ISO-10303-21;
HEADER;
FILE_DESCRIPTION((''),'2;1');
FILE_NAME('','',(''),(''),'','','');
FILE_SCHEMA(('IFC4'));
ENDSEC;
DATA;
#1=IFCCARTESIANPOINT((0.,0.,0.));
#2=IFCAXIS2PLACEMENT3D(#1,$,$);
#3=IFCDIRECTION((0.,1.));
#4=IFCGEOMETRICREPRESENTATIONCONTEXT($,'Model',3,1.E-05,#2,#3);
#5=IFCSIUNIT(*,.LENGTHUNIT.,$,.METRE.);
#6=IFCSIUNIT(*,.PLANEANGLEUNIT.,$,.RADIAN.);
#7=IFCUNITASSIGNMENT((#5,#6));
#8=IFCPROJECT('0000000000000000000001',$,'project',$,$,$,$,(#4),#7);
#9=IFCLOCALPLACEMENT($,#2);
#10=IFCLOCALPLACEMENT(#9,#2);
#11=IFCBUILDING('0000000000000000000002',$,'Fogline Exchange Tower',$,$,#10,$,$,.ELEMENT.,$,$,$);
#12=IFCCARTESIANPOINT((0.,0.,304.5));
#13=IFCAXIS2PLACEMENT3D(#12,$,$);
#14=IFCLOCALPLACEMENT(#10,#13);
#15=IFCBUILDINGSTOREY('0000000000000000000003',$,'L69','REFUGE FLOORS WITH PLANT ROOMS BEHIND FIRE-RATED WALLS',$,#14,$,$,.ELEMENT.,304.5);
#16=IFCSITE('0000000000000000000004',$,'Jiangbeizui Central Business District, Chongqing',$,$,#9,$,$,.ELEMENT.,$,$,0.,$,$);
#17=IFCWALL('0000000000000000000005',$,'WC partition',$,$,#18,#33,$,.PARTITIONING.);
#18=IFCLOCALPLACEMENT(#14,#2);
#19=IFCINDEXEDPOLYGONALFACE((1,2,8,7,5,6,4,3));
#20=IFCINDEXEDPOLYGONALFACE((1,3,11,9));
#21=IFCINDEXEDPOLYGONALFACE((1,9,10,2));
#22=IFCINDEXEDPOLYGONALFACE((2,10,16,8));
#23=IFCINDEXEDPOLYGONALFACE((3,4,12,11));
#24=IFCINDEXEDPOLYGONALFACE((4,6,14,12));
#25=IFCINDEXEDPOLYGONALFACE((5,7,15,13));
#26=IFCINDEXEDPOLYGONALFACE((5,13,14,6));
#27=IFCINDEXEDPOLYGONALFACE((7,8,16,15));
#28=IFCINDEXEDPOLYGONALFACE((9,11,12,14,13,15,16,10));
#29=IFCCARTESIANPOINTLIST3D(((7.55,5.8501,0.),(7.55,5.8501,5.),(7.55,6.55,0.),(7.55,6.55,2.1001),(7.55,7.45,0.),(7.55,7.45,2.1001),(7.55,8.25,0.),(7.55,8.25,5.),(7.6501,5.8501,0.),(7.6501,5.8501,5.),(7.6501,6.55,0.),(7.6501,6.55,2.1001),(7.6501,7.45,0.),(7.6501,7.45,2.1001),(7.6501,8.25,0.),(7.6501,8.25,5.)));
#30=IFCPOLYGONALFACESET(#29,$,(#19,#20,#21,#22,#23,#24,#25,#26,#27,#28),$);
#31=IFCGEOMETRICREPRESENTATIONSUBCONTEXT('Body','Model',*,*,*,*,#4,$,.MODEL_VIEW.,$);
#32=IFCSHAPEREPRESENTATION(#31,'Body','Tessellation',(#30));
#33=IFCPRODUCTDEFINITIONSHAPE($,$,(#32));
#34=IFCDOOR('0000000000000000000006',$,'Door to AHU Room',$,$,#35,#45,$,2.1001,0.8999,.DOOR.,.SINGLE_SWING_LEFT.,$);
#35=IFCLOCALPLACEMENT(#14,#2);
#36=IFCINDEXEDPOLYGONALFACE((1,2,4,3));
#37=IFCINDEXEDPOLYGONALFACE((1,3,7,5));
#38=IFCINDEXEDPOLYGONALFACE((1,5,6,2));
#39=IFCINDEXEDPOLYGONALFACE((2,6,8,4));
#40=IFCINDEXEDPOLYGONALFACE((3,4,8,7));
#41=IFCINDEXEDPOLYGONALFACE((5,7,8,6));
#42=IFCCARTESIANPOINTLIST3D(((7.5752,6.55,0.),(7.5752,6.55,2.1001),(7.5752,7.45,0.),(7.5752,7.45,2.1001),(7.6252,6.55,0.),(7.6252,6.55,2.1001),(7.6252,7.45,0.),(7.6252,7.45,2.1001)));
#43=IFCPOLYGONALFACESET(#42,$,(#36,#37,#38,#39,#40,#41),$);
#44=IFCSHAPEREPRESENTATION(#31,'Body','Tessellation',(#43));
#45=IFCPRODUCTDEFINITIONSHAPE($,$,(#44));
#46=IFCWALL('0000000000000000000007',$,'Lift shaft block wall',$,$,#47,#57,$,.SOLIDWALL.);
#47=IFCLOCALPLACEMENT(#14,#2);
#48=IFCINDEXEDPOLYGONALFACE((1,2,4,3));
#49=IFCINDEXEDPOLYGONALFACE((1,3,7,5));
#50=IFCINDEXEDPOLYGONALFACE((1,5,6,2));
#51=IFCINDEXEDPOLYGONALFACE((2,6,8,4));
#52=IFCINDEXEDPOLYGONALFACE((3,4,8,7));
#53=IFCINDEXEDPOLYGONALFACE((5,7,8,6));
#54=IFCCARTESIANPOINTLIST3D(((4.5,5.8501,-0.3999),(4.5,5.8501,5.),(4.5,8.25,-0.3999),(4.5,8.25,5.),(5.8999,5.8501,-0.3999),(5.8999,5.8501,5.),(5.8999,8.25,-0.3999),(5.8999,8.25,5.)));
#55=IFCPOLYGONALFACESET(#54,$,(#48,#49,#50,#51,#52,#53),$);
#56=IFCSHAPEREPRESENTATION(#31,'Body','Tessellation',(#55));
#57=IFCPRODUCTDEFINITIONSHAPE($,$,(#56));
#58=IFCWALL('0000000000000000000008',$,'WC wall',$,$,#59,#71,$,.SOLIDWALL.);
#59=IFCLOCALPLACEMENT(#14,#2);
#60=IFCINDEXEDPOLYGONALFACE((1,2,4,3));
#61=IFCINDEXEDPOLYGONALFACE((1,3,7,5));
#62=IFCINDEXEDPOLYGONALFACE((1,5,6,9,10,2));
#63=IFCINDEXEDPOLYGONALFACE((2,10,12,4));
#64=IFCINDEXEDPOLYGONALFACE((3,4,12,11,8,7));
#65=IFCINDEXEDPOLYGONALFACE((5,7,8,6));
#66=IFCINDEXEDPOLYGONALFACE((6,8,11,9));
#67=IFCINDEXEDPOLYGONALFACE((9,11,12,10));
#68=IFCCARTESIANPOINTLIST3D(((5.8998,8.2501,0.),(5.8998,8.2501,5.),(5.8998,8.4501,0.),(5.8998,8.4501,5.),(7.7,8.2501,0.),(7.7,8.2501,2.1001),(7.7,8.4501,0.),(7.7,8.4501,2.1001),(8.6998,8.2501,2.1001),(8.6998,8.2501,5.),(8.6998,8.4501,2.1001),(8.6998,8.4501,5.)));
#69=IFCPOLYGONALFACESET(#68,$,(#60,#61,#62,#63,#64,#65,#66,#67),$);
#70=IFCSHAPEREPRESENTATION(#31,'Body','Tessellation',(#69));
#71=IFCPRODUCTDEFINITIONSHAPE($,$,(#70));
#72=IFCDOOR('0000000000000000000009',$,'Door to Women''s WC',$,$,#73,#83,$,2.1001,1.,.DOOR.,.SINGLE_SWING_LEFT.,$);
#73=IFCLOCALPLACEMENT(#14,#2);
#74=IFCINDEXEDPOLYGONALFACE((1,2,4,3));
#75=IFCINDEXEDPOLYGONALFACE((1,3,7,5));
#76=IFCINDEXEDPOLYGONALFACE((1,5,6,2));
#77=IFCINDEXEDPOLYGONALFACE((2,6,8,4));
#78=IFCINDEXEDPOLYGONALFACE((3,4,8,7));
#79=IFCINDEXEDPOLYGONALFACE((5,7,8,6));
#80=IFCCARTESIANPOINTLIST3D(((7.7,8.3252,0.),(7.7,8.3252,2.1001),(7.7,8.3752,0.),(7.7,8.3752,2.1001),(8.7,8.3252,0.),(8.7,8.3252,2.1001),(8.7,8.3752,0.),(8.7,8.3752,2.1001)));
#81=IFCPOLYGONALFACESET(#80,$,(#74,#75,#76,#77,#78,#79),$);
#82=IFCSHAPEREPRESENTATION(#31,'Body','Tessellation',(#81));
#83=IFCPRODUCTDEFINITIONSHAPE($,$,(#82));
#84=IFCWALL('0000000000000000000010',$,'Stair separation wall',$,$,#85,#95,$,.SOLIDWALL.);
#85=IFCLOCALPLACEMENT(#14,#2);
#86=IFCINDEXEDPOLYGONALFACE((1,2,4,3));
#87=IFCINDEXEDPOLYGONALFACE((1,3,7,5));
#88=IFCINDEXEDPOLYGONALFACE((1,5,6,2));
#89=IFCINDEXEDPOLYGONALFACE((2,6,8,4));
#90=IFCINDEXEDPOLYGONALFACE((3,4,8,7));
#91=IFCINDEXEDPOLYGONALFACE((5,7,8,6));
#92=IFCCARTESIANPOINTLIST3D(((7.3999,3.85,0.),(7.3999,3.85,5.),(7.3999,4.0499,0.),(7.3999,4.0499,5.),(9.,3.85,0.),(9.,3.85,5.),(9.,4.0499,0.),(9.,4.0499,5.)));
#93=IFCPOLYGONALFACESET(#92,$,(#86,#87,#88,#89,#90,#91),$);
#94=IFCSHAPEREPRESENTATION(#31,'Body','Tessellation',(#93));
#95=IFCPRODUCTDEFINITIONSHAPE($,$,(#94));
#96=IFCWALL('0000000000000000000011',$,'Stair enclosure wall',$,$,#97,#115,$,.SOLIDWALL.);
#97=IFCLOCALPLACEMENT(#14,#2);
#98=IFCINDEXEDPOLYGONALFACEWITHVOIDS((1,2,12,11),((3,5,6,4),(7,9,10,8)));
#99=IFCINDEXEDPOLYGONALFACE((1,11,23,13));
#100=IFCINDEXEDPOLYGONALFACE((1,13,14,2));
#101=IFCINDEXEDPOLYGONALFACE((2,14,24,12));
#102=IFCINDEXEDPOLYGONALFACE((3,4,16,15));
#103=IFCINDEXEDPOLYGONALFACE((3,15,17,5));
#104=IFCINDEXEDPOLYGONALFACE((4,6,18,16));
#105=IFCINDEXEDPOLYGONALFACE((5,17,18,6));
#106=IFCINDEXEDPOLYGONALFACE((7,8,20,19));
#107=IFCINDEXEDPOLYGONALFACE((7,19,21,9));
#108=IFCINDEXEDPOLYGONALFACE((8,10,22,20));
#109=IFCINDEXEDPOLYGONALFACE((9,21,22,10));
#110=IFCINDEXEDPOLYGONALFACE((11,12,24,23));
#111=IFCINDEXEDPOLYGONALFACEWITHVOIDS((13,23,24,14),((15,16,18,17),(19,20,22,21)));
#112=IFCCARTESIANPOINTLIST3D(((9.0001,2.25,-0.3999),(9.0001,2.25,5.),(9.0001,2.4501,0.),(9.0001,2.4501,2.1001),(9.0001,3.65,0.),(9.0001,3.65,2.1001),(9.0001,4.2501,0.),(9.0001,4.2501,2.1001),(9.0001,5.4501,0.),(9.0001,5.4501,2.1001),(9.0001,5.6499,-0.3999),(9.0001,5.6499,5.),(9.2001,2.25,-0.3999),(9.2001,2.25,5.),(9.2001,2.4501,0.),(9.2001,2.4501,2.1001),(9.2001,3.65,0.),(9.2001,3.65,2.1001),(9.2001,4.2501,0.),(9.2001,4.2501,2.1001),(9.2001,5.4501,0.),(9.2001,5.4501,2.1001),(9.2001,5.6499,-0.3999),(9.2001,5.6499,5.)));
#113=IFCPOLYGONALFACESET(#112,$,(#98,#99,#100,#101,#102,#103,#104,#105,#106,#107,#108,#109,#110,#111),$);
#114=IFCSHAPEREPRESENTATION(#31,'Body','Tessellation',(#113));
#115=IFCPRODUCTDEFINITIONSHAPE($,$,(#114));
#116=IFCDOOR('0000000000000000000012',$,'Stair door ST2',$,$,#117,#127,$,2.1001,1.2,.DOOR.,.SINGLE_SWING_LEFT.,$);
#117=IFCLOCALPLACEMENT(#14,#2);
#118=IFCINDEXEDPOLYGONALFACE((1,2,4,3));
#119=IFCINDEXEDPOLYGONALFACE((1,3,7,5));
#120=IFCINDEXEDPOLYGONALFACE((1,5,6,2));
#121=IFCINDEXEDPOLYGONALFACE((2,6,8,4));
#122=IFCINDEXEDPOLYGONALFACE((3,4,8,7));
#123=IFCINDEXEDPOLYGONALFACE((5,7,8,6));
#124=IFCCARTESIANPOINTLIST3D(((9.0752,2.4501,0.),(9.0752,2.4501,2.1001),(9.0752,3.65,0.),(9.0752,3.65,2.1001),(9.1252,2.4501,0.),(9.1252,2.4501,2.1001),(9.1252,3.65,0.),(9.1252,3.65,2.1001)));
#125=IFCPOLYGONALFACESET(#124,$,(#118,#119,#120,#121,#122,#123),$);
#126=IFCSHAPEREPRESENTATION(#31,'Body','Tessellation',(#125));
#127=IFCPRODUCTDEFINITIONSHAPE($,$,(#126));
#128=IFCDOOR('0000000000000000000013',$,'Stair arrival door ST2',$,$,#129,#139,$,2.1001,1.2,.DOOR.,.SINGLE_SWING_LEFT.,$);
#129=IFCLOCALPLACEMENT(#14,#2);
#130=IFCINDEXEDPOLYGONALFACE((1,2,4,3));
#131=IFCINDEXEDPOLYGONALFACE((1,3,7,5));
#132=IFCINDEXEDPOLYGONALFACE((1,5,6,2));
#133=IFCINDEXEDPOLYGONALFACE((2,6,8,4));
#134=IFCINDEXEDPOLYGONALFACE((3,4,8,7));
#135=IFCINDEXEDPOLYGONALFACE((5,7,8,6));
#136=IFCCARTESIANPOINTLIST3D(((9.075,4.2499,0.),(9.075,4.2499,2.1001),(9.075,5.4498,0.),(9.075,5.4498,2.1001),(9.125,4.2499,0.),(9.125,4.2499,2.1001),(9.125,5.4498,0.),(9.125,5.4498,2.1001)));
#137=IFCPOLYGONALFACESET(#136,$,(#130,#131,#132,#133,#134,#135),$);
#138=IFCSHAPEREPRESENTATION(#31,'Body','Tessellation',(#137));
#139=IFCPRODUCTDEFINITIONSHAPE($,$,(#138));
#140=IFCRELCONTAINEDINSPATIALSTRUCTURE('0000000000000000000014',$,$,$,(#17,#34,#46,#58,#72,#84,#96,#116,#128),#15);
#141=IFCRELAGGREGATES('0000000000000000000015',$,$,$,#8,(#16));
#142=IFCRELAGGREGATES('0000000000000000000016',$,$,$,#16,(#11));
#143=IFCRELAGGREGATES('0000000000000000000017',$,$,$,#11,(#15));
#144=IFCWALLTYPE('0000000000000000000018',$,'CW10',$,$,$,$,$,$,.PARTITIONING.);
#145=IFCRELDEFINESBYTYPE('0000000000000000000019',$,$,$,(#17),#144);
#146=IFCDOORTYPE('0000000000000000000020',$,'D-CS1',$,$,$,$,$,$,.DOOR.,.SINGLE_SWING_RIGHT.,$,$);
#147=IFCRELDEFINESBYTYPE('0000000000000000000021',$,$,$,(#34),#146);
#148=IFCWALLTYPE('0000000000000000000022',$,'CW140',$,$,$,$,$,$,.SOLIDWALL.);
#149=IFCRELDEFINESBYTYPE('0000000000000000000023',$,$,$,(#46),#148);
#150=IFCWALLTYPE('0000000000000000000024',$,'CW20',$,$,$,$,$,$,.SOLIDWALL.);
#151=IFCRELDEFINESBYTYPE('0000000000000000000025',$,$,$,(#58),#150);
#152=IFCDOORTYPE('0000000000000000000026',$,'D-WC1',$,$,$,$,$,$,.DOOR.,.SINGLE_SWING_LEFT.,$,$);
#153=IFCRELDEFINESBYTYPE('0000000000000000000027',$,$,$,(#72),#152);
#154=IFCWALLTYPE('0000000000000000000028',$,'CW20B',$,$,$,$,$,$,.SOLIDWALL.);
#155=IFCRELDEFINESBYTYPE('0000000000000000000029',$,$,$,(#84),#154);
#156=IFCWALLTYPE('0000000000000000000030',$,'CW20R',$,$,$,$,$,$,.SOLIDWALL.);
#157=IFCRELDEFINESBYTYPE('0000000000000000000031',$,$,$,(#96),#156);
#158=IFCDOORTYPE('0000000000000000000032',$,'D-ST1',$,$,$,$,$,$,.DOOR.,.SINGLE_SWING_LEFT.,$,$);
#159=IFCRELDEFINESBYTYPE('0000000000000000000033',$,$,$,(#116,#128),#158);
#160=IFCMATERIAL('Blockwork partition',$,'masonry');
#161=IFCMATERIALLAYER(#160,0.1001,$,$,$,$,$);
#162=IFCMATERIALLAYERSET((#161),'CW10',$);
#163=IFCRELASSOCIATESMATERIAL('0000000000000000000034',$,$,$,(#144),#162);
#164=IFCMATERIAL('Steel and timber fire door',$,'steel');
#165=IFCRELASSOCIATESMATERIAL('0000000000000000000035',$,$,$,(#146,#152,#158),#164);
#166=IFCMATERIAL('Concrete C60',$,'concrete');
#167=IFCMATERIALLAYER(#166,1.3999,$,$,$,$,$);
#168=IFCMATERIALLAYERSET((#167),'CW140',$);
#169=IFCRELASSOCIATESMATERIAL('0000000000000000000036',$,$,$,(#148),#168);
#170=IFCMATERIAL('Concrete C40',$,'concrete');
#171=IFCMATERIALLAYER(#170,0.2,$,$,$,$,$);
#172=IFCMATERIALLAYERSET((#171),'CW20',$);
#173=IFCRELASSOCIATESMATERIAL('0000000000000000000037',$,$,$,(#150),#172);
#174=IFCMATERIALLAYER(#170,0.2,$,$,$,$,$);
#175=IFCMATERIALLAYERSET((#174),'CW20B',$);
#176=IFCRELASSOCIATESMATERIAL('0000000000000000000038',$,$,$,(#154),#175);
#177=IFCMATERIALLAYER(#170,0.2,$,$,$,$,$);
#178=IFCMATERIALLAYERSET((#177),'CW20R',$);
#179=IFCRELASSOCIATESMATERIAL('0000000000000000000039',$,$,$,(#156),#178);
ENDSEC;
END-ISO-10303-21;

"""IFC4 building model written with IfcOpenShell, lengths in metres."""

from ifc_helpers import new_model, si_unit, direction, frame, frame_2d, origin, place, context, subcontext, project, spatial, rectangle, extrude, material, layer, layer_set, type_object, element, fill, save


model = new_model("IFC4")

# Units and contexts
model_context = context("Model", 3, precision=1e-05, world=origin(), true_north=direction((0.0, 1.0)))
body_context = subcontext(model_context, "Body", "Model", "MODEL_VIEW")
ifc_project = project(units=[si_unit("LENGTHUNIT", "METRE"), si_unit("PLANEANGLEUNIT", "RADIAN")], contexts=[model_context])

# Site, building, storey
site_placement = place(None, origin())
site = spatial("IfcSite", under=ifc_project, at=site_placement, Name="Jiangbeizui Central Business District, Chongqing", CompositionType="ELEMENT", RefElevation=0.0)
building_placement = place(site_placement, origin())
building = spatial("IfcBuilding", under=site, at=building_placement, Name="Fogline Exchange Tower", CompositionType="ELEMENT")
storey_placement = place(building_placement, frame((0.0, 0.0, 304.5)))
storey = spatial("IfcBuildingStorey", under=building, at=storey_placement, Name="L69", Description="REFUGE FLOORS WITH PLANT ROOMS BEHIND FIRE-RATED WALLS", CompositionType="ELEMENT", Elevation=304.5)

# Wall, opening, door
ifc_material_1 = material(Name="Blockwork partition", Category="masonry")
ifc_layer_1 = layer(ifc_material_1, 0.1001)
ifc_layer_set_1 = layer_set([ifc_layer_1], Name="CW10")
wall_type_1 = type_object("IfcWallType", Name="CW10", PredefinedType="PARTITIONING", material=ifc_layer_set_1)
wall_1_placement = place(storey_placement, frame((7.6001, 5.8501, 0.0), z_axis=(0.0, 0.0, 1.0), x_axis=(0.0, 1.0, 0.0)))
wall_1 = element("IfcWall", 1, at=wall_1_placement, inside=storey, type_object=wall_type_1, Name="WC partition", PredefinedType="PARTITIONING", context=body_context, shape_type="SweptSolid", body=[
    extrude(rectangle(XDim=2.3999, YDim=0.1001, at=frame_2d((1.2, 0.0))), origin(), (0.0, 0.0, 1.0), 5.0),
])
opening_1_placement = place(wall_1_placement, frame((0.7, 0.0, 0.0)))
opening_1 = element("IfcOpeningElement", 2, at=opening_1_placement, cuts=wall_1, PredefinedType="OPENING", context=body_context, shape_type="SweptSolid", body=[
    extrude(rectangle(XDim=0.8999, YDim=2.1001, at=frame_2d((0.45, 1.05))), frame((0.0, 0.0601, 0.0), z_axis=(0.0, -1.0, 0.0), x_axis=(1.0, 0.0, 0.0)), (0.0, 0.0, 1.0), 0.1201),
])
ifc_material_2 = material(Name="Steel and timber fire door", Category="steel")
door_type_1 = type_object("IfcDoorType", Name="D-CS1", OperationType="SINGLE_SWING_RIGHT", PredefinedType="DOOR", material=ifc_material_2)
door_1_placement = place(opening_1_placement, origin())
door_1 = element("IfcDoor", 3, at=door_1_placement, inside=storey, type_object=door_type_1, Name="Door to AHU Room", OperationType="SINGLE_SWING_LEFT", OverallHeight=2.1001, OverallWidth=0.8999, PredefinedType="DOOR", context=body_context, shape_type="SweptSolid", body=[
    extrude(rectangle(XDim=0.8999, YDim=2.1001, at=frame_2d((0.45, 1.05))), frame((0.0, 0.0249, 0.0), z_axis=(0.0, -1.0, 0.0), x_axis=(1.0, 0.0, 0.0)), (0.0, 0.0, 1.0), 0.05),
])
fill(opening_1, door_1)

# Wall
ifc_material_3 = material(Name="Concrete C60", Category="concrete")
ifc_layer_2 = layer(ifc_material_3, 1.3999)
ifc_layer_set_2 = layer_set([ifc_layer_2], Name="CW140")
wall_type_2 = type_object("IfcWallType", Name="CW140", PredefinedType="SOLIDWALL", material=ifc_layer_set_2)
wall_2_placement = place(storey_placement, frame((5.2, 5.8501, -0.3999), z_axis=(0.0, 0.0, 1.0), x_axis=(0.0, 1.0, 0.0)))
element("IfcWall", 4, at=wall_2_placement, inside=storey, type_object=wall_type_2, Name="Lift shaft block wall", PredefinedType="SOLIDWALL", context=body_context, shape_type="SweptSolid", body=[
    extrude(rectangle(XDim=2.3999, YDim=1.3999, at=frame_2d((1.2, 0.0))), origin(), (0.0, 0.0, 1.0), 5.3999),
])

# Wall, opening, door
ifc_material_4 = material(Name="Concrete C40", Category="concrete")
ifc_layer_3 = layer(ifc_material_4, 0.2)
ifc_layer_set_3 = layer_set([ifc_layer_3], Name="CW20")
wall_type_3 = type_object("IfcWallType", Name="CW20", PredefinedType="SOLIDWALL", material=ifc_layer_set_3)
wall_3_placement = place(storey_placement, frame((5.8999, 8.3501, 0.0), z_axis=(0.0, 0.0, 1.0), x_axis=(1.0, 0.0, 0.0)))
wall_3 = element("IfcWall", 5, at=wall_3_placement, inside=storey, type_object=wall_type_3, Name="WC wall", PredefinedType="SOLIDWALL", context=body_context, shape_type="SweptSolid", body=[
    extrude(rectangle(XDim=2.8, YDim=0.2, at=frame_2d((1.3999, 0.0))), origin(), (0.0, 0.0, 1.0), 5.0),
])
opening_2_placement = place(wall_3_placement, frame((1.8, 0.0, 0.0)))
opening_2 = element("IfcOpeningElement", 6, at=opening_2_placement, cuts=wall_3, PredefinedType="OPENING", context=body_context, shape_type="SweptSolid", body=[
    extrude(rectangle(XDim=1.0, YDim=2.1001, at=frame_2d((0.5, 1.05))), frame((0.0, 0.1099, 0.0), z_axis=(0.0, -1.0, 0.0), x_axis=(1.0, 0.0, 0.0)), (0.0, 0.0, 1.0), 0.22),
])
door_type_2 = type_object("IfcDoorType", Name="D-WC1", OperationType="SINGLE_SWING_LEFT", PredefinedType="DOOR", material=ifc_material_2)
door_2_placement = place(opening_2_placement, frame((1.0, 0.0, 0.0), z_axis=(0.0, 0.0, 1.0), x_axis=(-1.0, 0.0, 0.0)))
door_2 = element("IfcDoor", 7, at=door_2_placement, inside=storey, type_object=door_type_2, Name="Door to Women's WC", OperationType="SINGLE_SWING_LEFT", OverallHeight=2.1001, OverallWidth=1.0, PredefinedType="DOOR", context=body_context, shape_type="SweptSolid", body=[
    extrude(rectangle(XDim=1.0, YDim=2.1001, at=frame_2d((0.5, 1.05))), frame((0.0, 0.0249, 0.0), z_axis=(0.0, -1.0, 0.0), x_axis=(1.0, 0.0, 0.0)), (0.0, 0.0, 1.0), 0.05),
])
fill(opening_2, door_2)

# Wall
ifc_layer_4 = layer(ifc_material_4, 0.2)
ifc_layer_set_4 = layer_set([ifc_layer_4], Name="CW20B")
wall_type_4 = type_object("IfcWallType", Name="CW20B", PredefinedType="SOLIDWALL", material=ifc_layer_set_4)
wall_4_placement = place(storey_placement, frame((7.3999, 3.95, 0.0), z_axis=(0.0, 0.0, 1.0), x_axis=(1.0, 0.0, 0.0)))
element("IfcWall", 8, at=wall_4_placement, inside=storey, type_object=wall_type_4, Name="Stair separation wall", PredefinedType="SOLIDWALL", context=body_context, shape_type="SweptSolid", body=[
    extrude(rectangle(XDim=1.6001, YDim=0.2, at=frame_2d((0.8, 0.0))), origin(), (0.0, 0.0, 1.0), 5.0),
])

# Wall, openings, doors
ifc_layer_5 = layer(ifc_material_4, 0.2)
ifc_layer_set_5 = layer_set([ifc_layer_5], Name="CW20R")
wall_type_5 = type_object("IfcWallType", Name="CW20R", PredefinedType="SOLIDWALL", material=ifc_layer_set_5)
wall_5_placement = place(storey_placement, frame((9.1001, 2.25, -0.3999), z_axis=(0.0, 0.0, 1.0), x_axis=(0.0, 1.0, 0.0)))
wall_5 = element("IfcWall", 9, at=wall_5_placement, inside=storey, type_object=wall_type_5, Name="Stair enclosure wall", PredefinedType="SOLIDWALL", context=body_context, shape_type="SweptSolid", body=[
    extrude(rectangle(XDim=3.3999, YDim=0.2, at=frame_2d((1.7, 0.0))), origin(), (0.0, 0.0, 1.0), 5.3999),
])
opening_3_placement = place(wall_5_placement, frame((0.2, 0.0, 0.3999)))
opening_3 = element("IfcOpeningElement", 10, at=opening_3_placement, cuts=wall_5, PredefinedType="OPENING", context=body_context, shape_type="SweptSolid", body=[
    extrude(rectangle(XDim=1.2, YDim=2.1001, at=frame_2d((0.6001, 1.05))), frame((0.0, 0.1099, 0.0), z_axis=(0.0, -1.0, 0.0), x_axis=(1.0, 0.0, 0.0)), (0.0, 0.0, 1.0), 0.22),
])
opening_4_placement = place(wall_5_placement, frame((2.0, 0.0, 0.3999)))
opening_4 = element("IfcOpeningElement", 11, at=opening_4_placement, cuts=wall_5, PredefinedType="OPENING", context=body_context, shape_type="SweptSolid", body=[
    extrude(rectangle(XDim=1.2, YDim=2.1001, at=frame_2d((0.6001, 1.05))), frame((0.0, 0.1099, 0.0), z_axis=(0.0, -1.0, 0.0), x_axis=(1.0, 0.0, 0.0)), (0.0, 0.0, 1.0), 0.22),
])
door_type_3 = type_object("IfcDoorType", Name="D-ST1", OperationType="SINGLE_SWING_LEFT", PredefinedType="DOOR", material=ifc_material_2)
door_3_placement = place(opening_3_placement, origin())
door_3 = element("IfcDoor", 12, at=door_3_placement, inside=storey, type_object=door_type_3, Name="Stair door ST2", OperationType="SINGLE_SWING_LEFT", OverallHeight=2.1001, OverallWidth=1.2, PredefinedType="DOOR", context=body_context, shape_type="SweptSolid", body=[
    extrude(rectangle(XDim=1.2, YDim=2.1001, at=frame_2d((0.6001, 1.05))), frame((0.0, 0.0249, 0.0), z_axis=(0.0, -1.0, 0.0), x_axis=(1.0, 0.0, 0.0)), (0.0, 0.0, 1.0), 0.05),
])
fill(opening_3, door_3)
door_4_placement = place(opening_4_placement, frame((1.2, 0.0, 0.0), z_axis=(0.0, 0.0, 1.0), x_axis=(-1.0, 0.0, 0.0)))
door_4 = element("IfcDoor", 13, at=door_4_placement, inside=storey, type_object=door_type_3, Name="Stair arrival door ST2", OperationType="SINGLE_SWING_LEFT", OverallHeight=2.1001, OverallWidth=1.2, PredefinedType="DOOR", context=body_context, shape_type="SweptSolid", body=[
    extrude(rectangle(XDim=1.2, YDim=2.1001, at=frame_2d((0.6001, 1.05))), frame((0.0, 0.0249, 0.0), z_axis=(0.0, -1.0, 0.0), x_axis=(1.0, 0.0, 0.0)), (0.0, 0.0, 1.0), 0.05),
])
fill(opening_4, door_4)

save(model, "model.ifc")
